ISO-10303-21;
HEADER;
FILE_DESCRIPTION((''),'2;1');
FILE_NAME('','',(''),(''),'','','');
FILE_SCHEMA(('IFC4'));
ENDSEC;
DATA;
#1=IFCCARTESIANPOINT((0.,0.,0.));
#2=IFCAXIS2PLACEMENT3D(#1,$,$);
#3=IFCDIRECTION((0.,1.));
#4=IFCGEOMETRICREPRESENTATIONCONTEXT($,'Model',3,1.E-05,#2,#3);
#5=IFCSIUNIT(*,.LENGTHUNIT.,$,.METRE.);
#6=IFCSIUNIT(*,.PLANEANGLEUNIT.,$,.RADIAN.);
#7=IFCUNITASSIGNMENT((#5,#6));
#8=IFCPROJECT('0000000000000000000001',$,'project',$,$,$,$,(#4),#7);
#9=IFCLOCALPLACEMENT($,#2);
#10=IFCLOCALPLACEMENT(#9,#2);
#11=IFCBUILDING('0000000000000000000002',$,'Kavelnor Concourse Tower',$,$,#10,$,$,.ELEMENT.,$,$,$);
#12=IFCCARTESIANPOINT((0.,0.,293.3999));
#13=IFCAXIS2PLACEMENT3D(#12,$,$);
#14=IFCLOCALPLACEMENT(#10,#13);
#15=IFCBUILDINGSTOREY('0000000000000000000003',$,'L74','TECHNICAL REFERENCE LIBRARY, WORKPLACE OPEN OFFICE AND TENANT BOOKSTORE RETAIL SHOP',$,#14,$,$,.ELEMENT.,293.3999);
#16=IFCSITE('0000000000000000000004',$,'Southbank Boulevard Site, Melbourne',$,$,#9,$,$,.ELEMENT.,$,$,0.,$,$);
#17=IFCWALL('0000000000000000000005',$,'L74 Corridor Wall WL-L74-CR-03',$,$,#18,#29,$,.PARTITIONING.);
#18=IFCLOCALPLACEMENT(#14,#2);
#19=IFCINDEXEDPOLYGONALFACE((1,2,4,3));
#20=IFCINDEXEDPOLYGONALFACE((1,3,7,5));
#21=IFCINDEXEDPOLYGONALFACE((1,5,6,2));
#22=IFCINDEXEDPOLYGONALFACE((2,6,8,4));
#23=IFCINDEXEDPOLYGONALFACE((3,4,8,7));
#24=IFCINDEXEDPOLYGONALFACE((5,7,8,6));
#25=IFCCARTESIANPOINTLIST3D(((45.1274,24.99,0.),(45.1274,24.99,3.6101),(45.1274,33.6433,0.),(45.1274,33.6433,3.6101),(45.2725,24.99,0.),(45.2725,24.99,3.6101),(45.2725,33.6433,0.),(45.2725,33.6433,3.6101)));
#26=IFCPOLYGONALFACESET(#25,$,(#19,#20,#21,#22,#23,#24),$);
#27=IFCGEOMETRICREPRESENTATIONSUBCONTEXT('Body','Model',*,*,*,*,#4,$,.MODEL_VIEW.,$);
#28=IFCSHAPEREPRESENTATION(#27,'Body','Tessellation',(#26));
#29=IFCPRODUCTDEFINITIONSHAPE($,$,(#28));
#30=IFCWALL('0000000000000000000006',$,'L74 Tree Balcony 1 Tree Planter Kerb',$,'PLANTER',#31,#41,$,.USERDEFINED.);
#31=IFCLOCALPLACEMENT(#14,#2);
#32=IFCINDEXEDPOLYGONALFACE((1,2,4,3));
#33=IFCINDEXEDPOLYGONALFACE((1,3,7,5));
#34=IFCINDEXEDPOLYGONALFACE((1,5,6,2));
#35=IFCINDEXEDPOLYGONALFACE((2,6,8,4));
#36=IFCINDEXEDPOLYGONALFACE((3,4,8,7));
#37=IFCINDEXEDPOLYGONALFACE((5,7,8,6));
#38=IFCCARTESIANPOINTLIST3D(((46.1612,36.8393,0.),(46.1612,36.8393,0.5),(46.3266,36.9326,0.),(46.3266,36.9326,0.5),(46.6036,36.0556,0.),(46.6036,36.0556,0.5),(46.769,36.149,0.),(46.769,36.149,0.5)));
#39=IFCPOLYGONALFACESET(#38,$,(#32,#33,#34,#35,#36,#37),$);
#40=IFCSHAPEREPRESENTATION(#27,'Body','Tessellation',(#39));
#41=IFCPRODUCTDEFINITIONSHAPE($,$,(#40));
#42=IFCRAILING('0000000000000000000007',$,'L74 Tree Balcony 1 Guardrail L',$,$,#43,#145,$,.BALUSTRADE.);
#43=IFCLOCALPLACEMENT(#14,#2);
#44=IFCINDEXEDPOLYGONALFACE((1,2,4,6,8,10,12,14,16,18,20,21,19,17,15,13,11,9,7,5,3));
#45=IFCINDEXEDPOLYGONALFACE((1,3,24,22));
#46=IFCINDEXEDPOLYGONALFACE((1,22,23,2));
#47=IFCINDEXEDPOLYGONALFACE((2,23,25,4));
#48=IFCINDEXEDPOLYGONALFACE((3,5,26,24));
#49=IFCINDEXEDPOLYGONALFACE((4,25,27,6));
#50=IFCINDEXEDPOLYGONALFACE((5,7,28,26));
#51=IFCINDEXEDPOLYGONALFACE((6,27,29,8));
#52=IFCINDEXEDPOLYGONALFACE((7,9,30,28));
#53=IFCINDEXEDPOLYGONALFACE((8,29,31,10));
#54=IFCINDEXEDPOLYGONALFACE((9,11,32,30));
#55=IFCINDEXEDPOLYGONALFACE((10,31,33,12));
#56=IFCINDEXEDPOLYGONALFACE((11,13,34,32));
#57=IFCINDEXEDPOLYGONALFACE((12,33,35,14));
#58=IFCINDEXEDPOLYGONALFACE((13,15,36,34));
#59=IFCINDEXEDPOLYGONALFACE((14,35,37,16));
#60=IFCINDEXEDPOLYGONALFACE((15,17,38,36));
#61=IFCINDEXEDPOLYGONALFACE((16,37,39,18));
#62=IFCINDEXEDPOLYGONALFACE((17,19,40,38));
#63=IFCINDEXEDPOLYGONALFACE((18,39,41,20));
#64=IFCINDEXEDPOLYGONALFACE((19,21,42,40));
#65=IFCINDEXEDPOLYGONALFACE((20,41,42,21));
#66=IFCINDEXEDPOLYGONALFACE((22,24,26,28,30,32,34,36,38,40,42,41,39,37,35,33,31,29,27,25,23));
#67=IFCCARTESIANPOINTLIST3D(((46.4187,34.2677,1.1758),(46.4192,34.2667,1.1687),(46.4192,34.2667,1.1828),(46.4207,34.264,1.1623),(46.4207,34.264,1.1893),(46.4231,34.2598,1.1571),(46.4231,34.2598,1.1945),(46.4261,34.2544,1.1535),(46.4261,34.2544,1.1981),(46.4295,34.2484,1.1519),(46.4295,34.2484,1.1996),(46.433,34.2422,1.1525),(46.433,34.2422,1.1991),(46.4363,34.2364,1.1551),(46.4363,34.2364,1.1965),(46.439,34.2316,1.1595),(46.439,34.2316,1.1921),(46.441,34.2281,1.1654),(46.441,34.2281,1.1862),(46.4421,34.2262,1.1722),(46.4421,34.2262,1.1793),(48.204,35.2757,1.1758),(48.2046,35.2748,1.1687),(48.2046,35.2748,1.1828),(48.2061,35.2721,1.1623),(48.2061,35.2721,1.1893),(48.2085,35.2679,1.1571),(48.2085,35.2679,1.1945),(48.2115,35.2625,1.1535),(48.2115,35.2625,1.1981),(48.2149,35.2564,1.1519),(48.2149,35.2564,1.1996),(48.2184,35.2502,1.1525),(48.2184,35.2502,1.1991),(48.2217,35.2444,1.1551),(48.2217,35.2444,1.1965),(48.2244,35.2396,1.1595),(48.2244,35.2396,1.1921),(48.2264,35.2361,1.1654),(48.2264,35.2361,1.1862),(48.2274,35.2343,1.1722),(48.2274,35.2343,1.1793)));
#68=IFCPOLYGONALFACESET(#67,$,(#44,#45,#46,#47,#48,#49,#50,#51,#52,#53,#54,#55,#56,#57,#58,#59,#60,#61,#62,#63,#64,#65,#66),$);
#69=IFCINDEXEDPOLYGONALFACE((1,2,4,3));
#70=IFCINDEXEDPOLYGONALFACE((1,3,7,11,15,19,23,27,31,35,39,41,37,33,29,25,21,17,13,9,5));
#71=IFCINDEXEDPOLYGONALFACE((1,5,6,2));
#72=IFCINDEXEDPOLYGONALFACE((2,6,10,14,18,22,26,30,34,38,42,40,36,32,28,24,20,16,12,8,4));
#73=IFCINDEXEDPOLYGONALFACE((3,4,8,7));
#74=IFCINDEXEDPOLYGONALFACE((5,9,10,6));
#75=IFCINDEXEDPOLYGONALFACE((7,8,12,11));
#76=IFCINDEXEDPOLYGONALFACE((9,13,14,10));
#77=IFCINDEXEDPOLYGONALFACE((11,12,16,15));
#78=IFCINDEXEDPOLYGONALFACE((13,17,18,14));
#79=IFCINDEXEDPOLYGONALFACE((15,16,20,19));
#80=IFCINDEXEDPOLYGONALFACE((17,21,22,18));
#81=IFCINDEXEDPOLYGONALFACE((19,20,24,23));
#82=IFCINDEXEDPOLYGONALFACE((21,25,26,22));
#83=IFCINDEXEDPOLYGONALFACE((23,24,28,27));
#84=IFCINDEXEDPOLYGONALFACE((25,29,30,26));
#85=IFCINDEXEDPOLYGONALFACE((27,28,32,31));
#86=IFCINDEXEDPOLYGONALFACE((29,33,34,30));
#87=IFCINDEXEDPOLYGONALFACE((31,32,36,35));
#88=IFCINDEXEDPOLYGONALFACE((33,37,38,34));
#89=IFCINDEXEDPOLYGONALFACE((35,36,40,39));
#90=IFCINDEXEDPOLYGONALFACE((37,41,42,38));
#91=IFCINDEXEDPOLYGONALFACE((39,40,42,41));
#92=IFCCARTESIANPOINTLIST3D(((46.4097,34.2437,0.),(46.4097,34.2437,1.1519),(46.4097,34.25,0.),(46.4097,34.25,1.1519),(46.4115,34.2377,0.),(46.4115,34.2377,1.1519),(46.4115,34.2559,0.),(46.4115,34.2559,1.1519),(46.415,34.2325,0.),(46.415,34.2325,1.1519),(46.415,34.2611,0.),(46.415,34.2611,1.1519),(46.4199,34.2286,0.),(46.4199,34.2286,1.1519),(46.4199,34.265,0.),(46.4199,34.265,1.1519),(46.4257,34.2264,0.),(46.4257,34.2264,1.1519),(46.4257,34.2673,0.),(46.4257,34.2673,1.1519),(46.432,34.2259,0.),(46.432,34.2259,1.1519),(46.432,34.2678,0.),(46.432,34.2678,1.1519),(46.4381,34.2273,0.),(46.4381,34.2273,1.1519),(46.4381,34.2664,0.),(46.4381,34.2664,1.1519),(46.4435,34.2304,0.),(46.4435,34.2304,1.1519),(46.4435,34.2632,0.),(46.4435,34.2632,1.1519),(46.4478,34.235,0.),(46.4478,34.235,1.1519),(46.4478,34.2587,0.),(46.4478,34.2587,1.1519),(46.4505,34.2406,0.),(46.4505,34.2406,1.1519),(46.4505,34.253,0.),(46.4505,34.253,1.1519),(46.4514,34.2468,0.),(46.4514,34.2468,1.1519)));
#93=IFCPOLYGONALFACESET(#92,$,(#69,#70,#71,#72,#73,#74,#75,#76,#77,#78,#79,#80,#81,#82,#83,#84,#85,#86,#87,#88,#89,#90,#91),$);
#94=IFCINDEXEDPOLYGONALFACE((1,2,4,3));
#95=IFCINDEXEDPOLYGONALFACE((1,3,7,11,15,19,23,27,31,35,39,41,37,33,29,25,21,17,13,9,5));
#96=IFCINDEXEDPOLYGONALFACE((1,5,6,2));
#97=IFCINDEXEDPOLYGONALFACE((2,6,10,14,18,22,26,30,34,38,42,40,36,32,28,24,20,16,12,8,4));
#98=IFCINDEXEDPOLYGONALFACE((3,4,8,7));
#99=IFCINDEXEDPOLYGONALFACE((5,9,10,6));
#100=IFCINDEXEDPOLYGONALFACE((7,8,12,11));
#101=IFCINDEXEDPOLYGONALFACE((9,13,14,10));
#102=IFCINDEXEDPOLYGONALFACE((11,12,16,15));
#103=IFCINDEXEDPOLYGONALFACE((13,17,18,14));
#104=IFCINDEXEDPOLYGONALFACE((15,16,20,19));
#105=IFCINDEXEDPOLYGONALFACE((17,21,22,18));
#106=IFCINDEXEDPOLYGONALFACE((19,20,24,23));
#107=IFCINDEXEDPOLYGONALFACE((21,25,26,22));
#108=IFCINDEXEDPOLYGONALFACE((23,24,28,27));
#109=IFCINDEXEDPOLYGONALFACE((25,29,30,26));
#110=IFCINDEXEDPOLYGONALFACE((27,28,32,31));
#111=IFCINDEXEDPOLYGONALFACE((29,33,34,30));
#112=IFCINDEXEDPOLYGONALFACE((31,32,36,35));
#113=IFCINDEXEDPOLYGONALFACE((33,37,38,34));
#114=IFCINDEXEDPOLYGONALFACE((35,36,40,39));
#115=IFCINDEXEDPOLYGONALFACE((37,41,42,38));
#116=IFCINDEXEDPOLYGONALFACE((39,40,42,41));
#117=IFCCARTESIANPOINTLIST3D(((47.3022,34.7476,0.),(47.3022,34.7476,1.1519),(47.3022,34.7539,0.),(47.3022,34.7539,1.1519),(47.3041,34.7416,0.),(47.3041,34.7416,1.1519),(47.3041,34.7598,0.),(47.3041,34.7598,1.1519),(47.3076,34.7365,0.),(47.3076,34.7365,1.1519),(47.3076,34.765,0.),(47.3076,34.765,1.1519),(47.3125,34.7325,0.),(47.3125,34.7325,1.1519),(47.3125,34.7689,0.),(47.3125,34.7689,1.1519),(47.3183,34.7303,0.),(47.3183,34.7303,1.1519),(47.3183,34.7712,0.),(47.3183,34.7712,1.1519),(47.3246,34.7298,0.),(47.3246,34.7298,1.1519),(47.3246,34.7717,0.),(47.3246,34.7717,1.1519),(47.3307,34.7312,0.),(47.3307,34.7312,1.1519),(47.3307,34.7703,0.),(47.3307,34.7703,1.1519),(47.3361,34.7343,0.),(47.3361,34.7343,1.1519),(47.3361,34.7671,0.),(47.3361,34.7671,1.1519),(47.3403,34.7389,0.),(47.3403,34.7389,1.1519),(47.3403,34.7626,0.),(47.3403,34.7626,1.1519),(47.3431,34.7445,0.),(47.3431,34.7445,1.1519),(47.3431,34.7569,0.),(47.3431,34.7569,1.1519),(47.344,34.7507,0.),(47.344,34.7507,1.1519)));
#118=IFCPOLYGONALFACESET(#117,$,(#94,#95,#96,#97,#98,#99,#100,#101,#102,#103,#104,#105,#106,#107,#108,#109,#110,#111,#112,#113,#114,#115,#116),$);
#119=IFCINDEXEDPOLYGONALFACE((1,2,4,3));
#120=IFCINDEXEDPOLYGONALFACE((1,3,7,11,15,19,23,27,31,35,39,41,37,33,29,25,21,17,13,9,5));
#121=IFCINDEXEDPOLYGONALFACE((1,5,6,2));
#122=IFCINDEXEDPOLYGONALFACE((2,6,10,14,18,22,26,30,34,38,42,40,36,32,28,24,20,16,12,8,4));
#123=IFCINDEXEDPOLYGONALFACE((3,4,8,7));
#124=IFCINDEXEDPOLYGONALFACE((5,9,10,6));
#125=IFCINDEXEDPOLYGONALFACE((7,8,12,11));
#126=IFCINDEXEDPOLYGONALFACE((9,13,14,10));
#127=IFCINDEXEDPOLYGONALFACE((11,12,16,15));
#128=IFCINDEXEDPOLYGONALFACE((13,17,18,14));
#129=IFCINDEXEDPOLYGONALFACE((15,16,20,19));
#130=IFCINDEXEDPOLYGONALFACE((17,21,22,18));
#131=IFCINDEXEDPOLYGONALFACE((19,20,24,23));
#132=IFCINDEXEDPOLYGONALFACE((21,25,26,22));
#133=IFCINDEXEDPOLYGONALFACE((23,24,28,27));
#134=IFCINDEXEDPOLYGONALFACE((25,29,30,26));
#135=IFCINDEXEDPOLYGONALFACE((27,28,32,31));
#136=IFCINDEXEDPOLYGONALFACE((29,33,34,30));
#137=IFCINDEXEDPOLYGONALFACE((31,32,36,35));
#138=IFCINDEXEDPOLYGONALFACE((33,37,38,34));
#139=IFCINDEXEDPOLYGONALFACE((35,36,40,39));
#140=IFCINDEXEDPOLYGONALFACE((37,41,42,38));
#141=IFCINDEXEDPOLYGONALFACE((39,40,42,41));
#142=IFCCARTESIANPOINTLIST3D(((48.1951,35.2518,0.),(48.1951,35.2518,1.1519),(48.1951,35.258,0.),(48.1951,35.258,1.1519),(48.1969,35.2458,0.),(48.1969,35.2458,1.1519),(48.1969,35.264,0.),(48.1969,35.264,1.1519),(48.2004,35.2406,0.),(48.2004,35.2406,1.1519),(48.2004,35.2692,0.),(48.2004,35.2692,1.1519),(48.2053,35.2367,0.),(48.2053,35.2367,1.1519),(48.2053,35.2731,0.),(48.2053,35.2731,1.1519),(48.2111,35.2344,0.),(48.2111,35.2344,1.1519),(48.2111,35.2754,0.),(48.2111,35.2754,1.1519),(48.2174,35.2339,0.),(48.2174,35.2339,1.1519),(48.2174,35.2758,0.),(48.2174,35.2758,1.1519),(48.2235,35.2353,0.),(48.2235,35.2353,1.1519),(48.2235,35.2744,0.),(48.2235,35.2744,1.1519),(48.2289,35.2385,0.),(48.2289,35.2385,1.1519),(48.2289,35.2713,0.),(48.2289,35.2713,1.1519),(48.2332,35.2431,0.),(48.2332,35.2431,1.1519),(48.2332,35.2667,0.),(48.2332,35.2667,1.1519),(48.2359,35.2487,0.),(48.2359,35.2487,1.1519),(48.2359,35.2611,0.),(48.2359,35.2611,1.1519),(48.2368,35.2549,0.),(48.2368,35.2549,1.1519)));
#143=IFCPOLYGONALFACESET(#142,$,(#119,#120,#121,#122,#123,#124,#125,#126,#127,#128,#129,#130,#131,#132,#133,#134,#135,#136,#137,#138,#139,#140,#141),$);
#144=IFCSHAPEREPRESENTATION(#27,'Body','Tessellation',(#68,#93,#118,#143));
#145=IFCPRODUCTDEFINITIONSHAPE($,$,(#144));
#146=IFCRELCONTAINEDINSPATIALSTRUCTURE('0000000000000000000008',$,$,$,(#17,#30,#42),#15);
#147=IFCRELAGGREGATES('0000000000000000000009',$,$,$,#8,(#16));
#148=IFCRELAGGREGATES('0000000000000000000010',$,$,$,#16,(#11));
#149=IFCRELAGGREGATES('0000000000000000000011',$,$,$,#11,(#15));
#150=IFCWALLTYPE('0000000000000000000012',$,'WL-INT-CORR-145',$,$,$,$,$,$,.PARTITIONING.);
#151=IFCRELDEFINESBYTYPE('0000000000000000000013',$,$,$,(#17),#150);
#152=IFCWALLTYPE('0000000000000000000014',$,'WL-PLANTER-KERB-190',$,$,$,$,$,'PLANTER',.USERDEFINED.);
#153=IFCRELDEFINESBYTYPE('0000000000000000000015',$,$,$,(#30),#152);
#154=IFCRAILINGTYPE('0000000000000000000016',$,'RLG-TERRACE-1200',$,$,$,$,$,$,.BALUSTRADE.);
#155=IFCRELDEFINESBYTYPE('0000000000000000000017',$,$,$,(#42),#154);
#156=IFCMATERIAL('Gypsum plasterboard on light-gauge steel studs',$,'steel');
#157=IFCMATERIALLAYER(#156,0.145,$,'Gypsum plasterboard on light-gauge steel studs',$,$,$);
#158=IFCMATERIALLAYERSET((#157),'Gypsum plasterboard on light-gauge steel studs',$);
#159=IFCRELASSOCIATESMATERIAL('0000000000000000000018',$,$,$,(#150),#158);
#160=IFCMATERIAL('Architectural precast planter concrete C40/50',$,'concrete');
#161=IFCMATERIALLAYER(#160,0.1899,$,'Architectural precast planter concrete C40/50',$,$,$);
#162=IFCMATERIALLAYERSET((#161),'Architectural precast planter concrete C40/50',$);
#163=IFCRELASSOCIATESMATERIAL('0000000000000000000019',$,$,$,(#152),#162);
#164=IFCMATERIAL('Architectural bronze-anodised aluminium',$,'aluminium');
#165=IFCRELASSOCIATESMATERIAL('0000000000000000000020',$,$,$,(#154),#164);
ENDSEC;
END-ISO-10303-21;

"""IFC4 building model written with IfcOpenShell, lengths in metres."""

from ifc_helpers import new_model, si_unit, direction, frame, frame_2d, origin, origin_2d, place, context, subcontext, project, spatial, rectangle, circle, extrude, material, layer, layer_set, type_object, element, save


model = new_model("IFC4")

# Units and contexts
model_context = context("Model", 3, precision=1e-05, world=origin(), true_north=direction((0.0, 1.0)))
body_context = subcontext(model_context, "Body", "Model", "MODEL_VIEW")
ifc_project = project(units=[si_unit("LENGTHUNIT", "METRE"), si_unit("PLANEANGLEUNIT", "RADIAN")], contexts=[model_context])

# Site, building, storey
site_placement = place(None, origin())
site = spatial("IfcSite", under=ifc_project, at=site_placement, Name="Southbank Boulevard Site, Melbourne", CompositionType="ELEMENT", RefElevation=0.0)
building_placement = place(site_placement, origin())
building = spatial("IfcBuilding", under=site, at=building_placement, Name="Kavelnor Concourse Tower", CompositionType="ELEMENT")
storey_placement = place(building_placement, frame((0.0, 0.0, 293.3999)))
storey = spatial("IfcBuildingStorey", under=building, at=storey_placement, Name="L74", Description="TECHNICAL REFERENCE LIBRARY, WORKPLACE OPEN OFFICE AND TENANT BOOKSTORE RETAIL SHOP", CompositionType="ELEMENT", Elevation=293.3999)

# Walls
ifc_material_1 = material(Name="Gypsum plasterboard on light-gauge steel studs", Category="steel")
ifc_layer_1 = layer(ifc_material_1, 0.145, Name="Gypsum plasterboard on light-gauge steel studs")
ifc_layer_set_1 = layer_set([ifc_layer_1], Name="Gypsum plasterboard on light-gauge steel studs")
wall_type_1 = type_object("IfcWallType", Name="WL-INT-CORR-145", PredefinedType="PARTITIONING", material=ifc_layer_set_1)
wall_1_placement = place(storey_placement, frame((45.2, 33.6433, 0.0), z_axis=(0.0, 0.0, 1.0), x_axis=(0.0, -1.0, 0.0)))
element("IfcWall", 1, at=wall_1_placement, inside=storey, type_object=wall_type_1, Name="L74 Corridor Wall WL-L74-CR-03", PredefinedType="PARTITIONING", context=body_context, shape_type="SweptSolid", body=[
    extrude(rectangle(XDim=8.6533, YDim=0.145, at=frame_2d((4.3267, 0.0))), origin(), (0.0, 0.0, 1.0), 3.6101),
])
ifc_material_2 = material(Name="Architectural precast planter concrete C40/50", Category="concrete")
ifc_layer_2 = layer(ifc_material_2, 0.1899, Name="Architectural precast planter concrete C40/50")
ifc_layer_set_2 = layer_set([ifc_layer_2], Name="Architectural precast planter concrete C40/50")
wall_type_2 = type_object("IfcWallType", Name="WL-PLANTER-KERB-190", ElementType="PLANTER", PredefinedType="USERDEFINED", material=ifc_layer_set_2)
wall_2_placement = place(storey_placement, frame((46.6863, 36.1023, 0.0), z_axis=(0.0, 0.0, 1.0), x_axis=(-0.491574, 0.870836, 0.0)))
element("IfcWall", 2, at=wall_2_placement, inside=storey, type_object=wall_type_2, Name="L74 Tree Balcony 1 Tree Planter Kerb", ObjectType="PLANTER", PredefinedType="USERDEFINED", context=body_context, shape_type="SweptSolid", body=[
    extrude(rectangle(XDim=0.8999, YDim=0.1899, at=frame_2d((0.45, 0.0))), origin(), (0.0, 0.0, 1.0), 0.5),
])

# Railing
ifc_material_3 = material(Name="Architectural bronze-anodised aluminium", Category="aluminium")
railing_type = type_object("IfcRailingType", Name="RLG-TERRACE-1200", PredefinedType="BALUSTRADE", material=ifc_material_3)
railing_1_placement = place(storey_placement, frame((46.4304, 34.2468, 0.0)))
element("IfcRailing", 3, at=railing_1_placement, inside=storey, type_object=railing_type, Name="L74 Tree Balcony 1 Guardrail L", PredefinedType="BALUSTRADE", context=body_context, shape_type="SweptSolid", body=[
    extrude(circle(Radius=0.0239, at=origin_2d()), frame((0.0, 0.0, 1.1758), z_axis=(0.870789, 0.491657, 0.0), x_axis=(-0.491657, 0.870789, 0.0)), (0.0, 0.0, 1.0), 2.0503),
    extrude(circle(Radius=0.021, at=origin_2d()), origin(), (0.0, 0.0, 1.0), 1.1519),
    extrude(circle(Radius=0.021, at=origin_2d()), frame((0.8926, 0.5039, 0.0)), (0.0, 0.0, 1.0), 1.1519),
    extrude(circle(Radius=0.021, at=origin_2d()), frame((1.7854, 1.0081, 0.0)), (0.0, 0.0, 1.0), 1.1519),
])

save(model, "model.ifc")
